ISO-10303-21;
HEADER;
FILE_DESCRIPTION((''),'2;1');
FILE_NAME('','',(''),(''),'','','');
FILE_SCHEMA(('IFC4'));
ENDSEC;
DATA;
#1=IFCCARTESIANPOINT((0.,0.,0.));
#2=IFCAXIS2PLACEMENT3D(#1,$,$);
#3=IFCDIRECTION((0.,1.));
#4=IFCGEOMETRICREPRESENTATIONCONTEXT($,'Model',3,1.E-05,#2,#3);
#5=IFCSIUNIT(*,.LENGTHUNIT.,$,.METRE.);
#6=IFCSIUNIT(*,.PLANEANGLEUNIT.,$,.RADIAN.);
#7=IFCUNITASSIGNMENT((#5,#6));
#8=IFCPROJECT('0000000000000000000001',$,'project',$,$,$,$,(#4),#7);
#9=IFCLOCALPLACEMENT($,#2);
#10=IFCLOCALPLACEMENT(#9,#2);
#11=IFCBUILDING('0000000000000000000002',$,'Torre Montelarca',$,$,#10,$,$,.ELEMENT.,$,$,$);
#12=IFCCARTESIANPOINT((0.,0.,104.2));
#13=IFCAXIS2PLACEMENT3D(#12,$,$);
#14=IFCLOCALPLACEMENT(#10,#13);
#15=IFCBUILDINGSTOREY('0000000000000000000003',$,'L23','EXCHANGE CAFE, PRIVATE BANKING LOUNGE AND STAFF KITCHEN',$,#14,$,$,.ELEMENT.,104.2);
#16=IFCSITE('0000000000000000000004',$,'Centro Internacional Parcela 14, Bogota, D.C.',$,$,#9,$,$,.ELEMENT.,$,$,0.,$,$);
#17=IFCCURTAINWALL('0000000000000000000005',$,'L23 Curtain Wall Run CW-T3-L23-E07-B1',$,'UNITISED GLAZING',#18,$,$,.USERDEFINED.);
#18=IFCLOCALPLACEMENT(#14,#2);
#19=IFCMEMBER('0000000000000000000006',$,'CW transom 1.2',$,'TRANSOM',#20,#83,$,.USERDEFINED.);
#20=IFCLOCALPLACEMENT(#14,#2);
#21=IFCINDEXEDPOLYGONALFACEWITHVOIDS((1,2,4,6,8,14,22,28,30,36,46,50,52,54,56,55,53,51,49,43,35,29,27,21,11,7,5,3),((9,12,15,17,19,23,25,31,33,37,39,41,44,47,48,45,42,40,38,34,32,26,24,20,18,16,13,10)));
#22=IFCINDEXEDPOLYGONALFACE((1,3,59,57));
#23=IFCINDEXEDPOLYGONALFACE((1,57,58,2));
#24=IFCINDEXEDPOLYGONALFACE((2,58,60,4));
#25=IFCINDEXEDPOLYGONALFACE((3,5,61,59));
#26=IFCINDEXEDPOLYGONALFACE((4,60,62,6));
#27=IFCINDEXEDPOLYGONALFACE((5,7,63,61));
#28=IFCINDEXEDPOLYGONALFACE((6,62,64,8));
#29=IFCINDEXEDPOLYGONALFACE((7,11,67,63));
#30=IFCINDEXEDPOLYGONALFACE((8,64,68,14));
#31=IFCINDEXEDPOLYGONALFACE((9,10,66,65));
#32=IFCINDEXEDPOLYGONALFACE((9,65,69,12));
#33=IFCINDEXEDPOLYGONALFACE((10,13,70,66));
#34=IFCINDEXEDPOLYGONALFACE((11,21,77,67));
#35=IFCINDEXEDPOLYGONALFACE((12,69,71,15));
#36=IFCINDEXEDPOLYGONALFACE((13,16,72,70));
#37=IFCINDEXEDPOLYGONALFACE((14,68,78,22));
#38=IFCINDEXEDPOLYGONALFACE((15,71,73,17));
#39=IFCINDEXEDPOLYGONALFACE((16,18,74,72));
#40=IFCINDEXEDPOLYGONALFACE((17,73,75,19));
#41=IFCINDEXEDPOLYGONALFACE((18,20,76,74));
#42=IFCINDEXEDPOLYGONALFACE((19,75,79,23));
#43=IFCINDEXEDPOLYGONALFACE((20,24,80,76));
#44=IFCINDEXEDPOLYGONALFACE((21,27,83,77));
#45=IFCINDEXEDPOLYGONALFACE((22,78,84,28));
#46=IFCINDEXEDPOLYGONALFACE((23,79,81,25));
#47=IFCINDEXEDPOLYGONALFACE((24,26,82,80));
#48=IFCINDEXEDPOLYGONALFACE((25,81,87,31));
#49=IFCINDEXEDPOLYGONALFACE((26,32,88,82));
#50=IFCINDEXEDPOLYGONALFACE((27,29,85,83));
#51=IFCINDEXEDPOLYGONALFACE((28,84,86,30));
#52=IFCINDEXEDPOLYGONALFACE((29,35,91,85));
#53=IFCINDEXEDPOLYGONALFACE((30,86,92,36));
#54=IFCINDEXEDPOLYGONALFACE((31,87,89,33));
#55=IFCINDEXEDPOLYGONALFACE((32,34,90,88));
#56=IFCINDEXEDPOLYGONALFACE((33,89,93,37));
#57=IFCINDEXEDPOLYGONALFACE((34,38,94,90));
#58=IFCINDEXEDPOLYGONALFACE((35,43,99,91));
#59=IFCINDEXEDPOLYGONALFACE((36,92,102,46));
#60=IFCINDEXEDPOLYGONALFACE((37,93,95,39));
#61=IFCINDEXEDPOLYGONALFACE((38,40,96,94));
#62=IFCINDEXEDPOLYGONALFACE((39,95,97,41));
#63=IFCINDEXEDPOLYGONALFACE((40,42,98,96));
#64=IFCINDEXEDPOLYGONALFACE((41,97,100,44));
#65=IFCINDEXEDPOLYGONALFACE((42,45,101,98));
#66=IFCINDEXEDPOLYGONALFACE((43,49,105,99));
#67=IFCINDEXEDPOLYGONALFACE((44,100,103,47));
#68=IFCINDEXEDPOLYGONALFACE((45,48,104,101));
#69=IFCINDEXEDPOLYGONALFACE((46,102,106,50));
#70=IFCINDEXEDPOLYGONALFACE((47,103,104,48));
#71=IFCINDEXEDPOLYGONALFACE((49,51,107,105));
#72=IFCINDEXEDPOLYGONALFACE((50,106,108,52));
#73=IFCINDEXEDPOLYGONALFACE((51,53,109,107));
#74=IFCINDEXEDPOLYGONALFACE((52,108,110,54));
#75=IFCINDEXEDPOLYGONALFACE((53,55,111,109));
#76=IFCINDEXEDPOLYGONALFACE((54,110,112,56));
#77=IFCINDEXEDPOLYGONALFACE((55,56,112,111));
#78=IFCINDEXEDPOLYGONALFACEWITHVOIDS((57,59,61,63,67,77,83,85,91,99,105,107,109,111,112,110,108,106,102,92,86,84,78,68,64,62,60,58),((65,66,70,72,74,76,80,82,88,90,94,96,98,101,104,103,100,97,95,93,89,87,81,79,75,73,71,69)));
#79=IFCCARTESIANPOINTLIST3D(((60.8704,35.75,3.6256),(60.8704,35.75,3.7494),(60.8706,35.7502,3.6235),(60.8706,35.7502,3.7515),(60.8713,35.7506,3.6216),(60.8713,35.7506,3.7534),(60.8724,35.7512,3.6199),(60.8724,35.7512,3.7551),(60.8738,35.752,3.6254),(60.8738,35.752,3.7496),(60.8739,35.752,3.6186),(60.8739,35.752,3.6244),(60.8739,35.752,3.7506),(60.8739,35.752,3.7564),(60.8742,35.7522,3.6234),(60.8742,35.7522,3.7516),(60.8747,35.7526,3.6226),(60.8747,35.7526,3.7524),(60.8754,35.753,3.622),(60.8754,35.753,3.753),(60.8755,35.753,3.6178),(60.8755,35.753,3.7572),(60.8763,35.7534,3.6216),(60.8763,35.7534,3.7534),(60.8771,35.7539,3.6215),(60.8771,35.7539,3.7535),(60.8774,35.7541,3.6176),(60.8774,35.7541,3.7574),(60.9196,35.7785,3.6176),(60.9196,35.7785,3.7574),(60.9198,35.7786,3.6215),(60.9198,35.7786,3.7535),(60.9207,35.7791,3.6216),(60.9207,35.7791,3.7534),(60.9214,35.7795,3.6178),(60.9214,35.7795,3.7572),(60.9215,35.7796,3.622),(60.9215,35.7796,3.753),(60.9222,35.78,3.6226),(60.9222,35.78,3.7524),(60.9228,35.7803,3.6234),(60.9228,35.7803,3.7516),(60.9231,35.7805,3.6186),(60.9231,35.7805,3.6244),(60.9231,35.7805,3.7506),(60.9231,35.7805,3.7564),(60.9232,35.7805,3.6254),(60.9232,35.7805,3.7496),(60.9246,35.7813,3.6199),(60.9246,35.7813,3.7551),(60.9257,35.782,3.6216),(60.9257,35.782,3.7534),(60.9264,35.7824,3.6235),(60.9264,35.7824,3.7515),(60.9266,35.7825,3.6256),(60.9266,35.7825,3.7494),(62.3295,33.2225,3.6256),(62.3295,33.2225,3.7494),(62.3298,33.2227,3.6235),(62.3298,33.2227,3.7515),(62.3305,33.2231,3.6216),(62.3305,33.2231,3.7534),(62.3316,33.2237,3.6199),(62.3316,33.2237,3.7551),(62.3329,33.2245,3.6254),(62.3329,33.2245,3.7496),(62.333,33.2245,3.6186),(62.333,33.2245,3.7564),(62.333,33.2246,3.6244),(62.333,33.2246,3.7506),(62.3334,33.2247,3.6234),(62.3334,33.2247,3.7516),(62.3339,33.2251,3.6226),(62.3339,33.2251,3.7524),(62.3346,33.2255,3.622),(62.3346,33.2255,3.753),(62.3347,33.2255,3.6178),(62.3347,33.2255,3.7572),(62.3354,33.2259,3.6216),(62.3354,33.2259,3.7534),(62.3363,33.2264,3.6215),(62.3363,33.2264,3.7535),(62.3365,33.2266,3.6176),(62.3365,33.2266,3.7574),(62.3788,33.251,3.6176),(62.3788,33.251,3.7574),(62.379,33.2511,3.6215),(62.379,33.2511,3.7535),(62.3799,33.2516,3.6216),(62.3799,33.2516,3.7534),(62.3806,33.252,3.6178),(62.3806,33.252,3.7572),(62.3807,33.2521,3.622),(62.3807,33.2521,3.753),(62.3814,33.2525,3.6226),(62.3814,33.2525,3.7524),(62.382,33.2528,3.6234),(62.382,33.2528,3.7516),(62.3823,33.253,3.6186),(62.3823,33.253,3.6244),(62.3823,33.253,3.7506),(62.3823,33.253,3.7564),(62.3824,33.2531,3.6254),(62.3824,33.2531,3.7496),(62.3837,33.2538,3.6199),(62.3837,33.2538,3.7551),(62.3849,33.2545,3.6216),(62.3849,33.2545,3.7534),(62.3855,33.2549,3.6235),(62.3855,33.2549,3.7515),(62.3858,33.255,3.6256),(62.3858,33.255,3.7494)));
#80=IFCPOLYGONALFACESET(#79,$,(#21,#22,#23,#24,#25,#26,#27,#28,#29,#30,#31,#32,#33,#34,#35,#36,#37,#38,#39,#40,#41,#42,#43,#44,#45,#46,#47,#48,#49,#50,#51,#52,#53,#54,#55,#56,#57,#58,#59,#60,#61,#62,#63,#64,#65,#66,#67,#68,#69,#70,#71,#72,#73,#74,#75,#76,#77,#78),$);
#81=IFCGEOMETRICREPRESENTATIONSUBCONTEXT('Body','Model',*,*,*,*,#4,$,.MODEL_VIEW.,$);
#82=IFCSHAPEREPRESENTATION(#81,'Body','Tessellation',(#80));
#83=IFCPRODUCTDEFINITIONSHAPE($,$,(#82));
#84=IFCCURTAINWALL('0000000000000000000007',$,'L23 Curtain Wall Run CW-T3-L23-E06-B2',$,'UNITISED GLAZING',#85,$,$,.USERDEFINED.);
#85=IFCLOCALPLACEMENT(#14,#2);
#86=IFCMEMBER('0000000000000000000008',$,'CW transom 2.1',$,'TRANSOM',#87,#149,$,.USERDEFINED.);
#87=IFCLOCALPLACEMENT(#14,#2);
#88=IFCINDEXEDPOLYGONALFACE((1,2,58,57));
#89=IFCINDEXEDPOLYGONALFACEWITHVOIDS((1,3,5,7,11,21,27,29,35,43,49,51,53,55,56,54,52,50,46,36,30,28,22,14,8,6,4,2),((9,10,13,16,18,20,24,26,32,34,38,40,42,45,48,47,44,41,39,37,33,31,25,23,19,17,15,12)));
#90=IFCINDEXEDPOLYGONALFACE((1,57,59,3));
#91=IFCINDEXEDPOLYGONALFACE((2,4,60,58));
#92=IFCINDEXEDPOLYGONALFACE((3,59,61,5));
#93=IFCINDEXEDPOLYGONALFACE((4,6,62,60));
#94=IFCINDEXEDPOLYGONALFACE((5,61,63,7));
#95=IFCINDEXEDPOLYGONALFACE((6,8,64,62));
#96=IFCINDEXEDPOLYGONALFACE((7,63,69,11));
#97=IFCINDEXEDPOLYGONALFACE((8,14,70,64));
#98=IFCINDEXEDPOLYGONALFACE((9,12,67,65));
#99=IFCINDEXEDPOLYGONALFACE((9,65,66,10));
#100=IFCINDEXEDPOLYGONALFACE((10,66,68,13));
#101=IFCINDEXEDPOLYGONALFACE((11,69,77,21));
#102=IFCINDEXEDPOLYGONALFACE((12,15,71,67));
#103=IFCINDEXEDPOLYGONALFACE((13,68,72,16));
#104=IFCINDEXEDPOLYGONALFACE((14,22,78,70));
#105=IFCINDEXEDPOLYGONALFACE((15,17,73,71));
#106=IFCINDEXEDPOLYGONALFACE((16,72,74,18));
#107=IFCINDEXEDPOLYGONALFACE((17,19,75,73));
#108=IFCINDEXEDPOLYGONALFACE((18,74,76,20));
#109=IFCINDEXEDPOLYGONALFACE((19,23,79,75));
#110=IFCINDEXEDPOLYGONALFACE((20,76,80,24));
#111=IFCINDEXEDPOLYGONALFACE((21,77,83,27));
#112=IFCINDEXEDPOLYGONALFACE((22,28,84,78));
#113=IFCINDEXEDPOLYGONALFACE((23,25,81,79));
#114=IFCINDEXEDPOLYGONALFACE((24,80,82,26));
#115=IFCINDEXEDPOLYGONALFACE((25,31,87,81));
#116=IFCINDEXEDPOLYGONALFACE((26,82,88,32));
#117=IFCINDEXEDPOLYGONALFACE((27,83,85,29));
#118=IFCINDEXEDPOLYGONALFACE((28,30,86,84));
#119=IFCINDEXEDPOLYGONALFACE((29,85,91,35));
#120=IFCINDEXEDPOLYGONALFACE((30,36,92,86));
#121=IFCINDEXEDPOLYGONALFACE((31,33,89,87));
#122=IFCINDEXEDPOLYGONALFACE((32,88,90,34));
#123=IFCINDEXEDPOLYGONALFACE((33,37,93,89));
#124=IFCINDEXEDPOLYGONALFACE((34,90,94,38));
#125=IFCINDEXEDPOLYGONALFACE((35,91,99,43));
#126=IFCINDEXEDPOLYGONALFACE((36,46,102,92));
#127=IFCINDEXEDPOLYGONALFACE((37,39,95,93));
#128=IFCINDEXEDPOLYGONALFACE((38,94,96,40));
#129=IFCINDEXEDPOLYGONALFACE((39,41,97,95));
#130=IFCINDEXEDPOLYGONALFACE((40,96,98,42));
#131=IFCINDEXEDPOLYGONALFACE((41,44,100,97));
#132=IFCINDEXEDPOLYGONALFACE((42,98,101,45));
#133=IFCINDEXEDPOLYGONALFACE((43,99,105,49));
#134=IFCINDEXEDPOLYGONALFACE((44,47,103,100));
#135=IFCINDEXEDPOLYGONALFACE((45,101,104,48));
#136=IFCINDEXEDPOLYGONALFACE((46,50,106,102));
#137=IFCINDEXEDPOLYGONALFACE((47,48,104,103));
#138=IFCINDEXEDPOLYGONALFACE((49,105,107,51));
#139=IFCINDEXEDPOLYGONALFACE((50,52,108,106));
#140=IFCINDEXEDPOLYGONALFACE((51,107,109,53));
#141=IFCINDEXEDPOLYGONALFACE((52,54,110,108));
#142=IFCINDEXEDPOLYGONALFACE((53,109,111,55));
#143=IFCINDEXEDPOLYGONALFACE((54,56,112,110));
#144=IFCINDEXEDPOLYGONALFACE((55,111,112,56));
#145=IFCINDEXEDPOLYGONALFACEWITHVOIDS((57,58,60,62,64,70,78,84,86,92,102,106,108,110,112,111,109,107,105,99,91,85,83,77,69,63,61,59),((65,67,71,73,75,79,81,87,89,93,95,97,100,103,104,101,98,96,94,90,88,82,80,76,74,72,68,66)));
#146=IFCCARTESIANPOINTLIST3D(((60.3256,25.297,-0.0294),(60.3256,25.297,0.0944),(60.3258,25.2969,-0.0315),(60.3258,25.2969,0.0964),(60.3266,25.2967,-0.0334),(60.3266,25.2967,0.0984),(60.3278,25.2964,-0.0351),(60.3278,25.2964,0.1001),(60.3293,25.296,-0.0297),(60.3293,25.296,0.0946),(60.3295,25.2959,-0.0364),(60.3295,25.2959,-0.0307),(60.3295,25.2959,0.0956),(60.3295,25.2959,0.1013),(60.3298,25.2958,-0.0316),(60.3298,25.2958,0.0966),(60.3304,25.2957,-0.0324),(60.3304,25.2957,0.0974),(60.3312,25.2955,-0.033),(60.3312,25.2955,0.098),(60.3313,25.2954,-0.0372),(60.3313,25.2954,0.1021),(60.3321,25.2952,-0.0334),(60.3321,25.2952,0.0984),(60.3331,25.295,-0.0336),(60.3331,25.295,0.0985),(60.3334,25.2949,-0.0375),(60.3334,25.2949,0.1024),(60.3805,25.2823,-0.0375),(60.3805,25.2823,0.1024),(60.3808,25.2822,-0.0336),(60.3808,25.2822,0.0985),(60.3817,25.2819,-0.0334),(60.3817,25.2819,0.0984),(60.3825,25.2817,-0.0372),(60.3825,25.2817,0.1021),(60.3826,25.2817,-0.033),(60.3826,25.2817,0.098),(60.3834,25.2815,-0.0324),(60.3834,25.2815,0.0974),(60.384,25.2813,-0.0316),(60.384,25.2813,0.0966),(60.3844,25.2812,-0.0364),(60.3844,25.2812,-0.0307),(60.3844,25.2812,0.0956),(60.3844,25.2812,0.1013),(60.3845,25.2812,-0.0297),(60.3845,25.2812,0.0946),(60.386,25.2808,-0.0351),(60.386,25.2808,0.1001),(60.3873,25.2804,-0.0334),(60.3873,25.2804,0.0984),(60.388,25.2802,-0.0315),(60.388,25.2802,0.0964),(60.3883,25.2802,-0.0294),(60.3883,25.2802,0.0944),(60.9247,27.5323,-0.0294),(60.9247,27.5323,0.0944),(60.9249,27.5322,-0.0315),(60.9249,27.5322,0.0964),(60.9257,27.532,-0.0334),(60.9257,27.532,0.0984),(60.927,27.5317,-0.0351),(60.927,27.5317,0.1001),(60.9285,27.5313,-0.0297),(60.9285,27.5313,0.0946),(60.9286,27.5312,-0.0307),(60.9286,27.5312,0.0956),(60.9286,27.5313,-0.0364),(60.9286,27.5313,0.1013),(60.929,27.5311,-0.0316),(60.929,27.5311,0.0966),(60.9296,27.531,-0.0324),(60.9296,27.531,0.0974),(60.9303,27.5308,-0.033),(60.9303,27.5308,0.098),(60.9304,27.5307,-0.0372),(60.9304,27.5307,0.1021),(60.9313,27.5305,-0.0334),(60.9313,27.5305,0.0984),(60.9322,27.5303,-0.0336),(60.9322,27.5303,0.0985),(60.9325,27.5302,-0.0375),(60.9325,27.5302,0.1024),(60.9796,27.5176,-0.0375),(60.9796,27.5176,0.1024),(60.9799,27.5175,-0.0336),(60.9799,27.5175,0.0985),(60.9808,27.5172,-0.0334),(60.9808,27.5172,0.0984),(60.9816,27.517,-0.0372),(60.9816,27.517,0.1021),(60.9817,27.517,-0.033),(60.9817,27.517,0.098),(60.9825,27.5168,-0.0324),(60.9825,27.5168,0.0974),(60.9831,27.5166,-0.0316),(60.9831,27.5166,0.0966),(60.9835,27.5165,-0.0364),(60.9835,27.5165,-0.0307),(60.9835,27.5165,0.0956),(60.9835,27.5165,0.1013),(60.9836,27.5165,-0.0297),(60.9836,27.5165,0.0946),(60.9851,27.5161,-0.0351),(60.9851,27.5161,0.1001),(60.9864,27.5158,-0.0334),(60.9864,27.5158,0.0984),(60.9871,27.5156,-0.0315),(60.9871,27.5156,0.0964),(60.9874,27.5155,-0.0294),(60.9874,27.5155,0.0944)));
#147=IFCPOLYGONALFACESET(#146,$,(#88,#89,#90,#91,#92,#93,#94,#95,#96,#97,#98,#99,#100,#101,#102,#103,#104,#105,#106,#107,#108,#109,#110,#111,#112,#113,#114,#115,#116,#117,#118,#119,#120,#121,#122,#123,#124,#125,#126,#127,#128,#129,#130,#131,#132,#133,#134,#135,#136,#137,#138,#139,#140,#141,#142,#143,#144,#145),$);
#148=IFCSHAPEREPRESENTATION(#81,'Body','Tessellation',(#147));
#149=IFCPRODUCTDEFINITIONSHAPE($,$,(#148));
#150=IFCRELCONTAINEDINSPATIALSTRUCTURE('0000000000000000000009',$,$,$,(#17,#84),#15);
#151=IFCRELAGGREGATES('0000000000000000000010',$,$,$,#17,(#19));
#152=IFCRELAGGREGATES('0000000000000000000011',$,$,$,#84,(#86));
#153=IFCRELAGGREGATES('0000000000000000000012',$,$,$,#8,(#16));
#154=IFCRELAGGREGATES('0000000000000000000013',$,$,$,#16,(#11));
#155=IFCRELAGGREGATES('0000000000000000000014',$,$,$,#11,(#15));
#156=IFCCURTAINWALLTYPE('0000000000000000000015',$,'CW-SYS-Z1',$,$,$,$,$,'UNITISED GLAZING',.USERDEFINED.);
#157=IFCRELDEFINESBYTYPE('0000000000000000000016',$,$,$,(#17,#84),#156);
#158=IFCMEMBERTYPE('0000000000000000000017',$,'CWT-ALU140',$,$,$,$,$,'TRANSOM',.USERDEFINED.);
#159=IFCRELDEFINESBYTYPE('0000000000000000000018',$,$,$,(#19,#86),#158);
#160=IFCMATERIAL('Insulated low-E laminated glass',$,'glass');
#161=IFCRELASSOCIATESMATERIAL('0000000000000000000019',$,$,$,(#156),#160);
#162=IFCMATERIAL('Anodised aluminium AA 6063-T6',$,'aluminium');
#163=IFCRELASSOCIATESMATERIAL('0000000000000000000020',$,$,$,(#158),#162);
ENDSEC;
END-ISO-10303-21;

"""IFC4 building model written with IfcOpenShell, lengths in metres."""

from ifc_helpers import new_model, si_unit, direction, frame, origin, origin_2d, place, context, subcontext, project, spatial, hollow_rectangle, extrude, source, transform, mapped, material, material_profile, profile_set, type_object, element, aggregate, save


model = new_model("IFC4")

# Units and contexts
model_context = context("Model", 3, precision=1e-05, world=origin(), true_north=direction((0.0, 1.0)))
body_context = subcontext(model_context, "Body", "Model", "MODEL_VIEW")
ifc_project = project(units=[si_unit("LENGTHUNIT", "METRE"), si_unit("PLANEANGLEUNIT", "RADIAN")], contexts=[model_context])

# Site, building, storey
site_placement = place(None, origin())
site = spatial("IfcSite", under=ifc_project, at=site_placement, Name="Centro Internacional Parcela 14, Bogota, D.C.", CompositionType="ELEMENT", RefElevation=0.0)
building_placement = place(site_placement, origin())
building = spatial("IfcBuilding", under=site, at=building_placement, Name="Torre Montelarca", CompositionType="ELEMENT")
storey_placement = place(building_placement, frame((0.0, 0.0, 104.2)))
storey = spatial("IfcBuildingStorey", under=building, at=storey_placement, Name="L23", Description="EXCHANGE CAFE, PRIVATE BANKING LOUNGE AND STAFF KITCHEN", CompositionType="ELEMENT", Elevation=104.2)

# Curtain walls, members
ifc_material_1 = material(Name="Insulated low-E laminated glass", Category="glass")
curtain_wall_type = type_object("IfcCurtainWallType", Name="CW-SYS-Z1", ElementType="UNITISED GLAZING", PredefinedType="USERDEFINED", material=ifc_material_1)
curtain_wall_1_placement = place(storey_placement, origin())
curtain_wall_1 = element("IfcCurtainWall", 1, at=curtain_wall_1_placement, inside=storey, type_object=curtain_wall_type, Name="L23 Curtain Wall Run CW-T3-L23-E07-B1", ObjectType="UNITISED GLAZING", PredefinedType="USERDEFINED")
ifc_material_2 = material(Name="Anodised aluminium AA 6063-T6", Category="aluminium")
ifc_material_profile_1 = material_profile(ifc_material_2, hollow_rectangle(XDim=0.0649, YDim=0.1399, WallThickness=0.0039, InnerFilletRadius=0.0039, OuterFilletRadius=0.0081, at=origin_2d()), Name="ALU65X140X4", Category="aluminium")
ifc_profile_set_1 = profile_set([ifc_material_profile_1], Name="Anodised aluminium AA 6063-T6")
member_type_1 = type_object("IfcMemberType", Name="CWT-ALU140", ElementType="TRANSOM", PredefinedType="USERDEFINED", material=ifc_profile_set_1)
shared_shape_1 = source(origin(), body_context, "Body", "SweptSolid", [
    extrude(hollow_rectangle(XDim=0.0649, YDim=0.1399, WallThickness=0.0039, InnerFilletRadius=0.0039, OuterFilletRadius=0.0081, at=origin_2d()), origin(), (0.0, 0.0, 1.0), 2.9185),
])
member_1_placement = place(storey_placement, frame((62.3577, 33.2388, 3.6875), z_axis=(-0.499981, 0.866037, 0.0), x_axis=(-0.866037, -0.499981, 0.0)))
member_1 = element("IfcMember", 2, at=member_1_placement, type_object=member_type_1, Name="CW transom 1.2", ObjectType="TRANSOM", PredefinedType="USERDEFINED", context=body_context, shape_type="MappedRepresentation", body=[
    mapped(shared_shape_1, transform((0.0, 0.0, 0.0), scale=1.0)),
])
curtain_wall_2_placement = place(storey_placement, origin())
curtain_wall_2 = element("IfcCurtainWall", 3, at=curtain_wall_2_placement, inside=storey, type_object=curtain_wall_type, Name="L23 Curtain Wall Run CW-T3-L23-E06-B2", ObjectType="UNITISED GLAZING", PredefinedType="USERDEFINED")
shared_shape_2 = source(origin(), body_context, "Body", "SweptSolid", [
    extrude(hollow_rectangle(XDim=0.0649, YDim=0.1399, WallThickness=0.0039, InnerFilletRadius=0.0039, OuterFilletRadius=0.0081, at=origin_2d()), origin(), (0.0, 0.0, 1.0), 2.3142),
])
member_2_placement = place(storey_placement, frame((60.3569, 25.2886, 0.0325), z_axis=(0.258884, 0.965908, 0.0), x_axis=(-0.965908, 0.258884, 0.0)))
member_2 = element("IfcMember", 4, at=member_2_placement, type_object=member_type_1, Name="CW transom 2.1", ObjectType="TRANSOM", PredefinedType="USERDEFINED", context=body_context, shape_type="MappedRepresentation", body=[
    mapped(shared_shape_2, transform((0.0, 0.0, 0.0), scale=1.0)),
])

aggregate(curtain_wall_1, [member_1])
aggregate(curtain_wall_2, [member_2])

save(model, "model.ifc")
